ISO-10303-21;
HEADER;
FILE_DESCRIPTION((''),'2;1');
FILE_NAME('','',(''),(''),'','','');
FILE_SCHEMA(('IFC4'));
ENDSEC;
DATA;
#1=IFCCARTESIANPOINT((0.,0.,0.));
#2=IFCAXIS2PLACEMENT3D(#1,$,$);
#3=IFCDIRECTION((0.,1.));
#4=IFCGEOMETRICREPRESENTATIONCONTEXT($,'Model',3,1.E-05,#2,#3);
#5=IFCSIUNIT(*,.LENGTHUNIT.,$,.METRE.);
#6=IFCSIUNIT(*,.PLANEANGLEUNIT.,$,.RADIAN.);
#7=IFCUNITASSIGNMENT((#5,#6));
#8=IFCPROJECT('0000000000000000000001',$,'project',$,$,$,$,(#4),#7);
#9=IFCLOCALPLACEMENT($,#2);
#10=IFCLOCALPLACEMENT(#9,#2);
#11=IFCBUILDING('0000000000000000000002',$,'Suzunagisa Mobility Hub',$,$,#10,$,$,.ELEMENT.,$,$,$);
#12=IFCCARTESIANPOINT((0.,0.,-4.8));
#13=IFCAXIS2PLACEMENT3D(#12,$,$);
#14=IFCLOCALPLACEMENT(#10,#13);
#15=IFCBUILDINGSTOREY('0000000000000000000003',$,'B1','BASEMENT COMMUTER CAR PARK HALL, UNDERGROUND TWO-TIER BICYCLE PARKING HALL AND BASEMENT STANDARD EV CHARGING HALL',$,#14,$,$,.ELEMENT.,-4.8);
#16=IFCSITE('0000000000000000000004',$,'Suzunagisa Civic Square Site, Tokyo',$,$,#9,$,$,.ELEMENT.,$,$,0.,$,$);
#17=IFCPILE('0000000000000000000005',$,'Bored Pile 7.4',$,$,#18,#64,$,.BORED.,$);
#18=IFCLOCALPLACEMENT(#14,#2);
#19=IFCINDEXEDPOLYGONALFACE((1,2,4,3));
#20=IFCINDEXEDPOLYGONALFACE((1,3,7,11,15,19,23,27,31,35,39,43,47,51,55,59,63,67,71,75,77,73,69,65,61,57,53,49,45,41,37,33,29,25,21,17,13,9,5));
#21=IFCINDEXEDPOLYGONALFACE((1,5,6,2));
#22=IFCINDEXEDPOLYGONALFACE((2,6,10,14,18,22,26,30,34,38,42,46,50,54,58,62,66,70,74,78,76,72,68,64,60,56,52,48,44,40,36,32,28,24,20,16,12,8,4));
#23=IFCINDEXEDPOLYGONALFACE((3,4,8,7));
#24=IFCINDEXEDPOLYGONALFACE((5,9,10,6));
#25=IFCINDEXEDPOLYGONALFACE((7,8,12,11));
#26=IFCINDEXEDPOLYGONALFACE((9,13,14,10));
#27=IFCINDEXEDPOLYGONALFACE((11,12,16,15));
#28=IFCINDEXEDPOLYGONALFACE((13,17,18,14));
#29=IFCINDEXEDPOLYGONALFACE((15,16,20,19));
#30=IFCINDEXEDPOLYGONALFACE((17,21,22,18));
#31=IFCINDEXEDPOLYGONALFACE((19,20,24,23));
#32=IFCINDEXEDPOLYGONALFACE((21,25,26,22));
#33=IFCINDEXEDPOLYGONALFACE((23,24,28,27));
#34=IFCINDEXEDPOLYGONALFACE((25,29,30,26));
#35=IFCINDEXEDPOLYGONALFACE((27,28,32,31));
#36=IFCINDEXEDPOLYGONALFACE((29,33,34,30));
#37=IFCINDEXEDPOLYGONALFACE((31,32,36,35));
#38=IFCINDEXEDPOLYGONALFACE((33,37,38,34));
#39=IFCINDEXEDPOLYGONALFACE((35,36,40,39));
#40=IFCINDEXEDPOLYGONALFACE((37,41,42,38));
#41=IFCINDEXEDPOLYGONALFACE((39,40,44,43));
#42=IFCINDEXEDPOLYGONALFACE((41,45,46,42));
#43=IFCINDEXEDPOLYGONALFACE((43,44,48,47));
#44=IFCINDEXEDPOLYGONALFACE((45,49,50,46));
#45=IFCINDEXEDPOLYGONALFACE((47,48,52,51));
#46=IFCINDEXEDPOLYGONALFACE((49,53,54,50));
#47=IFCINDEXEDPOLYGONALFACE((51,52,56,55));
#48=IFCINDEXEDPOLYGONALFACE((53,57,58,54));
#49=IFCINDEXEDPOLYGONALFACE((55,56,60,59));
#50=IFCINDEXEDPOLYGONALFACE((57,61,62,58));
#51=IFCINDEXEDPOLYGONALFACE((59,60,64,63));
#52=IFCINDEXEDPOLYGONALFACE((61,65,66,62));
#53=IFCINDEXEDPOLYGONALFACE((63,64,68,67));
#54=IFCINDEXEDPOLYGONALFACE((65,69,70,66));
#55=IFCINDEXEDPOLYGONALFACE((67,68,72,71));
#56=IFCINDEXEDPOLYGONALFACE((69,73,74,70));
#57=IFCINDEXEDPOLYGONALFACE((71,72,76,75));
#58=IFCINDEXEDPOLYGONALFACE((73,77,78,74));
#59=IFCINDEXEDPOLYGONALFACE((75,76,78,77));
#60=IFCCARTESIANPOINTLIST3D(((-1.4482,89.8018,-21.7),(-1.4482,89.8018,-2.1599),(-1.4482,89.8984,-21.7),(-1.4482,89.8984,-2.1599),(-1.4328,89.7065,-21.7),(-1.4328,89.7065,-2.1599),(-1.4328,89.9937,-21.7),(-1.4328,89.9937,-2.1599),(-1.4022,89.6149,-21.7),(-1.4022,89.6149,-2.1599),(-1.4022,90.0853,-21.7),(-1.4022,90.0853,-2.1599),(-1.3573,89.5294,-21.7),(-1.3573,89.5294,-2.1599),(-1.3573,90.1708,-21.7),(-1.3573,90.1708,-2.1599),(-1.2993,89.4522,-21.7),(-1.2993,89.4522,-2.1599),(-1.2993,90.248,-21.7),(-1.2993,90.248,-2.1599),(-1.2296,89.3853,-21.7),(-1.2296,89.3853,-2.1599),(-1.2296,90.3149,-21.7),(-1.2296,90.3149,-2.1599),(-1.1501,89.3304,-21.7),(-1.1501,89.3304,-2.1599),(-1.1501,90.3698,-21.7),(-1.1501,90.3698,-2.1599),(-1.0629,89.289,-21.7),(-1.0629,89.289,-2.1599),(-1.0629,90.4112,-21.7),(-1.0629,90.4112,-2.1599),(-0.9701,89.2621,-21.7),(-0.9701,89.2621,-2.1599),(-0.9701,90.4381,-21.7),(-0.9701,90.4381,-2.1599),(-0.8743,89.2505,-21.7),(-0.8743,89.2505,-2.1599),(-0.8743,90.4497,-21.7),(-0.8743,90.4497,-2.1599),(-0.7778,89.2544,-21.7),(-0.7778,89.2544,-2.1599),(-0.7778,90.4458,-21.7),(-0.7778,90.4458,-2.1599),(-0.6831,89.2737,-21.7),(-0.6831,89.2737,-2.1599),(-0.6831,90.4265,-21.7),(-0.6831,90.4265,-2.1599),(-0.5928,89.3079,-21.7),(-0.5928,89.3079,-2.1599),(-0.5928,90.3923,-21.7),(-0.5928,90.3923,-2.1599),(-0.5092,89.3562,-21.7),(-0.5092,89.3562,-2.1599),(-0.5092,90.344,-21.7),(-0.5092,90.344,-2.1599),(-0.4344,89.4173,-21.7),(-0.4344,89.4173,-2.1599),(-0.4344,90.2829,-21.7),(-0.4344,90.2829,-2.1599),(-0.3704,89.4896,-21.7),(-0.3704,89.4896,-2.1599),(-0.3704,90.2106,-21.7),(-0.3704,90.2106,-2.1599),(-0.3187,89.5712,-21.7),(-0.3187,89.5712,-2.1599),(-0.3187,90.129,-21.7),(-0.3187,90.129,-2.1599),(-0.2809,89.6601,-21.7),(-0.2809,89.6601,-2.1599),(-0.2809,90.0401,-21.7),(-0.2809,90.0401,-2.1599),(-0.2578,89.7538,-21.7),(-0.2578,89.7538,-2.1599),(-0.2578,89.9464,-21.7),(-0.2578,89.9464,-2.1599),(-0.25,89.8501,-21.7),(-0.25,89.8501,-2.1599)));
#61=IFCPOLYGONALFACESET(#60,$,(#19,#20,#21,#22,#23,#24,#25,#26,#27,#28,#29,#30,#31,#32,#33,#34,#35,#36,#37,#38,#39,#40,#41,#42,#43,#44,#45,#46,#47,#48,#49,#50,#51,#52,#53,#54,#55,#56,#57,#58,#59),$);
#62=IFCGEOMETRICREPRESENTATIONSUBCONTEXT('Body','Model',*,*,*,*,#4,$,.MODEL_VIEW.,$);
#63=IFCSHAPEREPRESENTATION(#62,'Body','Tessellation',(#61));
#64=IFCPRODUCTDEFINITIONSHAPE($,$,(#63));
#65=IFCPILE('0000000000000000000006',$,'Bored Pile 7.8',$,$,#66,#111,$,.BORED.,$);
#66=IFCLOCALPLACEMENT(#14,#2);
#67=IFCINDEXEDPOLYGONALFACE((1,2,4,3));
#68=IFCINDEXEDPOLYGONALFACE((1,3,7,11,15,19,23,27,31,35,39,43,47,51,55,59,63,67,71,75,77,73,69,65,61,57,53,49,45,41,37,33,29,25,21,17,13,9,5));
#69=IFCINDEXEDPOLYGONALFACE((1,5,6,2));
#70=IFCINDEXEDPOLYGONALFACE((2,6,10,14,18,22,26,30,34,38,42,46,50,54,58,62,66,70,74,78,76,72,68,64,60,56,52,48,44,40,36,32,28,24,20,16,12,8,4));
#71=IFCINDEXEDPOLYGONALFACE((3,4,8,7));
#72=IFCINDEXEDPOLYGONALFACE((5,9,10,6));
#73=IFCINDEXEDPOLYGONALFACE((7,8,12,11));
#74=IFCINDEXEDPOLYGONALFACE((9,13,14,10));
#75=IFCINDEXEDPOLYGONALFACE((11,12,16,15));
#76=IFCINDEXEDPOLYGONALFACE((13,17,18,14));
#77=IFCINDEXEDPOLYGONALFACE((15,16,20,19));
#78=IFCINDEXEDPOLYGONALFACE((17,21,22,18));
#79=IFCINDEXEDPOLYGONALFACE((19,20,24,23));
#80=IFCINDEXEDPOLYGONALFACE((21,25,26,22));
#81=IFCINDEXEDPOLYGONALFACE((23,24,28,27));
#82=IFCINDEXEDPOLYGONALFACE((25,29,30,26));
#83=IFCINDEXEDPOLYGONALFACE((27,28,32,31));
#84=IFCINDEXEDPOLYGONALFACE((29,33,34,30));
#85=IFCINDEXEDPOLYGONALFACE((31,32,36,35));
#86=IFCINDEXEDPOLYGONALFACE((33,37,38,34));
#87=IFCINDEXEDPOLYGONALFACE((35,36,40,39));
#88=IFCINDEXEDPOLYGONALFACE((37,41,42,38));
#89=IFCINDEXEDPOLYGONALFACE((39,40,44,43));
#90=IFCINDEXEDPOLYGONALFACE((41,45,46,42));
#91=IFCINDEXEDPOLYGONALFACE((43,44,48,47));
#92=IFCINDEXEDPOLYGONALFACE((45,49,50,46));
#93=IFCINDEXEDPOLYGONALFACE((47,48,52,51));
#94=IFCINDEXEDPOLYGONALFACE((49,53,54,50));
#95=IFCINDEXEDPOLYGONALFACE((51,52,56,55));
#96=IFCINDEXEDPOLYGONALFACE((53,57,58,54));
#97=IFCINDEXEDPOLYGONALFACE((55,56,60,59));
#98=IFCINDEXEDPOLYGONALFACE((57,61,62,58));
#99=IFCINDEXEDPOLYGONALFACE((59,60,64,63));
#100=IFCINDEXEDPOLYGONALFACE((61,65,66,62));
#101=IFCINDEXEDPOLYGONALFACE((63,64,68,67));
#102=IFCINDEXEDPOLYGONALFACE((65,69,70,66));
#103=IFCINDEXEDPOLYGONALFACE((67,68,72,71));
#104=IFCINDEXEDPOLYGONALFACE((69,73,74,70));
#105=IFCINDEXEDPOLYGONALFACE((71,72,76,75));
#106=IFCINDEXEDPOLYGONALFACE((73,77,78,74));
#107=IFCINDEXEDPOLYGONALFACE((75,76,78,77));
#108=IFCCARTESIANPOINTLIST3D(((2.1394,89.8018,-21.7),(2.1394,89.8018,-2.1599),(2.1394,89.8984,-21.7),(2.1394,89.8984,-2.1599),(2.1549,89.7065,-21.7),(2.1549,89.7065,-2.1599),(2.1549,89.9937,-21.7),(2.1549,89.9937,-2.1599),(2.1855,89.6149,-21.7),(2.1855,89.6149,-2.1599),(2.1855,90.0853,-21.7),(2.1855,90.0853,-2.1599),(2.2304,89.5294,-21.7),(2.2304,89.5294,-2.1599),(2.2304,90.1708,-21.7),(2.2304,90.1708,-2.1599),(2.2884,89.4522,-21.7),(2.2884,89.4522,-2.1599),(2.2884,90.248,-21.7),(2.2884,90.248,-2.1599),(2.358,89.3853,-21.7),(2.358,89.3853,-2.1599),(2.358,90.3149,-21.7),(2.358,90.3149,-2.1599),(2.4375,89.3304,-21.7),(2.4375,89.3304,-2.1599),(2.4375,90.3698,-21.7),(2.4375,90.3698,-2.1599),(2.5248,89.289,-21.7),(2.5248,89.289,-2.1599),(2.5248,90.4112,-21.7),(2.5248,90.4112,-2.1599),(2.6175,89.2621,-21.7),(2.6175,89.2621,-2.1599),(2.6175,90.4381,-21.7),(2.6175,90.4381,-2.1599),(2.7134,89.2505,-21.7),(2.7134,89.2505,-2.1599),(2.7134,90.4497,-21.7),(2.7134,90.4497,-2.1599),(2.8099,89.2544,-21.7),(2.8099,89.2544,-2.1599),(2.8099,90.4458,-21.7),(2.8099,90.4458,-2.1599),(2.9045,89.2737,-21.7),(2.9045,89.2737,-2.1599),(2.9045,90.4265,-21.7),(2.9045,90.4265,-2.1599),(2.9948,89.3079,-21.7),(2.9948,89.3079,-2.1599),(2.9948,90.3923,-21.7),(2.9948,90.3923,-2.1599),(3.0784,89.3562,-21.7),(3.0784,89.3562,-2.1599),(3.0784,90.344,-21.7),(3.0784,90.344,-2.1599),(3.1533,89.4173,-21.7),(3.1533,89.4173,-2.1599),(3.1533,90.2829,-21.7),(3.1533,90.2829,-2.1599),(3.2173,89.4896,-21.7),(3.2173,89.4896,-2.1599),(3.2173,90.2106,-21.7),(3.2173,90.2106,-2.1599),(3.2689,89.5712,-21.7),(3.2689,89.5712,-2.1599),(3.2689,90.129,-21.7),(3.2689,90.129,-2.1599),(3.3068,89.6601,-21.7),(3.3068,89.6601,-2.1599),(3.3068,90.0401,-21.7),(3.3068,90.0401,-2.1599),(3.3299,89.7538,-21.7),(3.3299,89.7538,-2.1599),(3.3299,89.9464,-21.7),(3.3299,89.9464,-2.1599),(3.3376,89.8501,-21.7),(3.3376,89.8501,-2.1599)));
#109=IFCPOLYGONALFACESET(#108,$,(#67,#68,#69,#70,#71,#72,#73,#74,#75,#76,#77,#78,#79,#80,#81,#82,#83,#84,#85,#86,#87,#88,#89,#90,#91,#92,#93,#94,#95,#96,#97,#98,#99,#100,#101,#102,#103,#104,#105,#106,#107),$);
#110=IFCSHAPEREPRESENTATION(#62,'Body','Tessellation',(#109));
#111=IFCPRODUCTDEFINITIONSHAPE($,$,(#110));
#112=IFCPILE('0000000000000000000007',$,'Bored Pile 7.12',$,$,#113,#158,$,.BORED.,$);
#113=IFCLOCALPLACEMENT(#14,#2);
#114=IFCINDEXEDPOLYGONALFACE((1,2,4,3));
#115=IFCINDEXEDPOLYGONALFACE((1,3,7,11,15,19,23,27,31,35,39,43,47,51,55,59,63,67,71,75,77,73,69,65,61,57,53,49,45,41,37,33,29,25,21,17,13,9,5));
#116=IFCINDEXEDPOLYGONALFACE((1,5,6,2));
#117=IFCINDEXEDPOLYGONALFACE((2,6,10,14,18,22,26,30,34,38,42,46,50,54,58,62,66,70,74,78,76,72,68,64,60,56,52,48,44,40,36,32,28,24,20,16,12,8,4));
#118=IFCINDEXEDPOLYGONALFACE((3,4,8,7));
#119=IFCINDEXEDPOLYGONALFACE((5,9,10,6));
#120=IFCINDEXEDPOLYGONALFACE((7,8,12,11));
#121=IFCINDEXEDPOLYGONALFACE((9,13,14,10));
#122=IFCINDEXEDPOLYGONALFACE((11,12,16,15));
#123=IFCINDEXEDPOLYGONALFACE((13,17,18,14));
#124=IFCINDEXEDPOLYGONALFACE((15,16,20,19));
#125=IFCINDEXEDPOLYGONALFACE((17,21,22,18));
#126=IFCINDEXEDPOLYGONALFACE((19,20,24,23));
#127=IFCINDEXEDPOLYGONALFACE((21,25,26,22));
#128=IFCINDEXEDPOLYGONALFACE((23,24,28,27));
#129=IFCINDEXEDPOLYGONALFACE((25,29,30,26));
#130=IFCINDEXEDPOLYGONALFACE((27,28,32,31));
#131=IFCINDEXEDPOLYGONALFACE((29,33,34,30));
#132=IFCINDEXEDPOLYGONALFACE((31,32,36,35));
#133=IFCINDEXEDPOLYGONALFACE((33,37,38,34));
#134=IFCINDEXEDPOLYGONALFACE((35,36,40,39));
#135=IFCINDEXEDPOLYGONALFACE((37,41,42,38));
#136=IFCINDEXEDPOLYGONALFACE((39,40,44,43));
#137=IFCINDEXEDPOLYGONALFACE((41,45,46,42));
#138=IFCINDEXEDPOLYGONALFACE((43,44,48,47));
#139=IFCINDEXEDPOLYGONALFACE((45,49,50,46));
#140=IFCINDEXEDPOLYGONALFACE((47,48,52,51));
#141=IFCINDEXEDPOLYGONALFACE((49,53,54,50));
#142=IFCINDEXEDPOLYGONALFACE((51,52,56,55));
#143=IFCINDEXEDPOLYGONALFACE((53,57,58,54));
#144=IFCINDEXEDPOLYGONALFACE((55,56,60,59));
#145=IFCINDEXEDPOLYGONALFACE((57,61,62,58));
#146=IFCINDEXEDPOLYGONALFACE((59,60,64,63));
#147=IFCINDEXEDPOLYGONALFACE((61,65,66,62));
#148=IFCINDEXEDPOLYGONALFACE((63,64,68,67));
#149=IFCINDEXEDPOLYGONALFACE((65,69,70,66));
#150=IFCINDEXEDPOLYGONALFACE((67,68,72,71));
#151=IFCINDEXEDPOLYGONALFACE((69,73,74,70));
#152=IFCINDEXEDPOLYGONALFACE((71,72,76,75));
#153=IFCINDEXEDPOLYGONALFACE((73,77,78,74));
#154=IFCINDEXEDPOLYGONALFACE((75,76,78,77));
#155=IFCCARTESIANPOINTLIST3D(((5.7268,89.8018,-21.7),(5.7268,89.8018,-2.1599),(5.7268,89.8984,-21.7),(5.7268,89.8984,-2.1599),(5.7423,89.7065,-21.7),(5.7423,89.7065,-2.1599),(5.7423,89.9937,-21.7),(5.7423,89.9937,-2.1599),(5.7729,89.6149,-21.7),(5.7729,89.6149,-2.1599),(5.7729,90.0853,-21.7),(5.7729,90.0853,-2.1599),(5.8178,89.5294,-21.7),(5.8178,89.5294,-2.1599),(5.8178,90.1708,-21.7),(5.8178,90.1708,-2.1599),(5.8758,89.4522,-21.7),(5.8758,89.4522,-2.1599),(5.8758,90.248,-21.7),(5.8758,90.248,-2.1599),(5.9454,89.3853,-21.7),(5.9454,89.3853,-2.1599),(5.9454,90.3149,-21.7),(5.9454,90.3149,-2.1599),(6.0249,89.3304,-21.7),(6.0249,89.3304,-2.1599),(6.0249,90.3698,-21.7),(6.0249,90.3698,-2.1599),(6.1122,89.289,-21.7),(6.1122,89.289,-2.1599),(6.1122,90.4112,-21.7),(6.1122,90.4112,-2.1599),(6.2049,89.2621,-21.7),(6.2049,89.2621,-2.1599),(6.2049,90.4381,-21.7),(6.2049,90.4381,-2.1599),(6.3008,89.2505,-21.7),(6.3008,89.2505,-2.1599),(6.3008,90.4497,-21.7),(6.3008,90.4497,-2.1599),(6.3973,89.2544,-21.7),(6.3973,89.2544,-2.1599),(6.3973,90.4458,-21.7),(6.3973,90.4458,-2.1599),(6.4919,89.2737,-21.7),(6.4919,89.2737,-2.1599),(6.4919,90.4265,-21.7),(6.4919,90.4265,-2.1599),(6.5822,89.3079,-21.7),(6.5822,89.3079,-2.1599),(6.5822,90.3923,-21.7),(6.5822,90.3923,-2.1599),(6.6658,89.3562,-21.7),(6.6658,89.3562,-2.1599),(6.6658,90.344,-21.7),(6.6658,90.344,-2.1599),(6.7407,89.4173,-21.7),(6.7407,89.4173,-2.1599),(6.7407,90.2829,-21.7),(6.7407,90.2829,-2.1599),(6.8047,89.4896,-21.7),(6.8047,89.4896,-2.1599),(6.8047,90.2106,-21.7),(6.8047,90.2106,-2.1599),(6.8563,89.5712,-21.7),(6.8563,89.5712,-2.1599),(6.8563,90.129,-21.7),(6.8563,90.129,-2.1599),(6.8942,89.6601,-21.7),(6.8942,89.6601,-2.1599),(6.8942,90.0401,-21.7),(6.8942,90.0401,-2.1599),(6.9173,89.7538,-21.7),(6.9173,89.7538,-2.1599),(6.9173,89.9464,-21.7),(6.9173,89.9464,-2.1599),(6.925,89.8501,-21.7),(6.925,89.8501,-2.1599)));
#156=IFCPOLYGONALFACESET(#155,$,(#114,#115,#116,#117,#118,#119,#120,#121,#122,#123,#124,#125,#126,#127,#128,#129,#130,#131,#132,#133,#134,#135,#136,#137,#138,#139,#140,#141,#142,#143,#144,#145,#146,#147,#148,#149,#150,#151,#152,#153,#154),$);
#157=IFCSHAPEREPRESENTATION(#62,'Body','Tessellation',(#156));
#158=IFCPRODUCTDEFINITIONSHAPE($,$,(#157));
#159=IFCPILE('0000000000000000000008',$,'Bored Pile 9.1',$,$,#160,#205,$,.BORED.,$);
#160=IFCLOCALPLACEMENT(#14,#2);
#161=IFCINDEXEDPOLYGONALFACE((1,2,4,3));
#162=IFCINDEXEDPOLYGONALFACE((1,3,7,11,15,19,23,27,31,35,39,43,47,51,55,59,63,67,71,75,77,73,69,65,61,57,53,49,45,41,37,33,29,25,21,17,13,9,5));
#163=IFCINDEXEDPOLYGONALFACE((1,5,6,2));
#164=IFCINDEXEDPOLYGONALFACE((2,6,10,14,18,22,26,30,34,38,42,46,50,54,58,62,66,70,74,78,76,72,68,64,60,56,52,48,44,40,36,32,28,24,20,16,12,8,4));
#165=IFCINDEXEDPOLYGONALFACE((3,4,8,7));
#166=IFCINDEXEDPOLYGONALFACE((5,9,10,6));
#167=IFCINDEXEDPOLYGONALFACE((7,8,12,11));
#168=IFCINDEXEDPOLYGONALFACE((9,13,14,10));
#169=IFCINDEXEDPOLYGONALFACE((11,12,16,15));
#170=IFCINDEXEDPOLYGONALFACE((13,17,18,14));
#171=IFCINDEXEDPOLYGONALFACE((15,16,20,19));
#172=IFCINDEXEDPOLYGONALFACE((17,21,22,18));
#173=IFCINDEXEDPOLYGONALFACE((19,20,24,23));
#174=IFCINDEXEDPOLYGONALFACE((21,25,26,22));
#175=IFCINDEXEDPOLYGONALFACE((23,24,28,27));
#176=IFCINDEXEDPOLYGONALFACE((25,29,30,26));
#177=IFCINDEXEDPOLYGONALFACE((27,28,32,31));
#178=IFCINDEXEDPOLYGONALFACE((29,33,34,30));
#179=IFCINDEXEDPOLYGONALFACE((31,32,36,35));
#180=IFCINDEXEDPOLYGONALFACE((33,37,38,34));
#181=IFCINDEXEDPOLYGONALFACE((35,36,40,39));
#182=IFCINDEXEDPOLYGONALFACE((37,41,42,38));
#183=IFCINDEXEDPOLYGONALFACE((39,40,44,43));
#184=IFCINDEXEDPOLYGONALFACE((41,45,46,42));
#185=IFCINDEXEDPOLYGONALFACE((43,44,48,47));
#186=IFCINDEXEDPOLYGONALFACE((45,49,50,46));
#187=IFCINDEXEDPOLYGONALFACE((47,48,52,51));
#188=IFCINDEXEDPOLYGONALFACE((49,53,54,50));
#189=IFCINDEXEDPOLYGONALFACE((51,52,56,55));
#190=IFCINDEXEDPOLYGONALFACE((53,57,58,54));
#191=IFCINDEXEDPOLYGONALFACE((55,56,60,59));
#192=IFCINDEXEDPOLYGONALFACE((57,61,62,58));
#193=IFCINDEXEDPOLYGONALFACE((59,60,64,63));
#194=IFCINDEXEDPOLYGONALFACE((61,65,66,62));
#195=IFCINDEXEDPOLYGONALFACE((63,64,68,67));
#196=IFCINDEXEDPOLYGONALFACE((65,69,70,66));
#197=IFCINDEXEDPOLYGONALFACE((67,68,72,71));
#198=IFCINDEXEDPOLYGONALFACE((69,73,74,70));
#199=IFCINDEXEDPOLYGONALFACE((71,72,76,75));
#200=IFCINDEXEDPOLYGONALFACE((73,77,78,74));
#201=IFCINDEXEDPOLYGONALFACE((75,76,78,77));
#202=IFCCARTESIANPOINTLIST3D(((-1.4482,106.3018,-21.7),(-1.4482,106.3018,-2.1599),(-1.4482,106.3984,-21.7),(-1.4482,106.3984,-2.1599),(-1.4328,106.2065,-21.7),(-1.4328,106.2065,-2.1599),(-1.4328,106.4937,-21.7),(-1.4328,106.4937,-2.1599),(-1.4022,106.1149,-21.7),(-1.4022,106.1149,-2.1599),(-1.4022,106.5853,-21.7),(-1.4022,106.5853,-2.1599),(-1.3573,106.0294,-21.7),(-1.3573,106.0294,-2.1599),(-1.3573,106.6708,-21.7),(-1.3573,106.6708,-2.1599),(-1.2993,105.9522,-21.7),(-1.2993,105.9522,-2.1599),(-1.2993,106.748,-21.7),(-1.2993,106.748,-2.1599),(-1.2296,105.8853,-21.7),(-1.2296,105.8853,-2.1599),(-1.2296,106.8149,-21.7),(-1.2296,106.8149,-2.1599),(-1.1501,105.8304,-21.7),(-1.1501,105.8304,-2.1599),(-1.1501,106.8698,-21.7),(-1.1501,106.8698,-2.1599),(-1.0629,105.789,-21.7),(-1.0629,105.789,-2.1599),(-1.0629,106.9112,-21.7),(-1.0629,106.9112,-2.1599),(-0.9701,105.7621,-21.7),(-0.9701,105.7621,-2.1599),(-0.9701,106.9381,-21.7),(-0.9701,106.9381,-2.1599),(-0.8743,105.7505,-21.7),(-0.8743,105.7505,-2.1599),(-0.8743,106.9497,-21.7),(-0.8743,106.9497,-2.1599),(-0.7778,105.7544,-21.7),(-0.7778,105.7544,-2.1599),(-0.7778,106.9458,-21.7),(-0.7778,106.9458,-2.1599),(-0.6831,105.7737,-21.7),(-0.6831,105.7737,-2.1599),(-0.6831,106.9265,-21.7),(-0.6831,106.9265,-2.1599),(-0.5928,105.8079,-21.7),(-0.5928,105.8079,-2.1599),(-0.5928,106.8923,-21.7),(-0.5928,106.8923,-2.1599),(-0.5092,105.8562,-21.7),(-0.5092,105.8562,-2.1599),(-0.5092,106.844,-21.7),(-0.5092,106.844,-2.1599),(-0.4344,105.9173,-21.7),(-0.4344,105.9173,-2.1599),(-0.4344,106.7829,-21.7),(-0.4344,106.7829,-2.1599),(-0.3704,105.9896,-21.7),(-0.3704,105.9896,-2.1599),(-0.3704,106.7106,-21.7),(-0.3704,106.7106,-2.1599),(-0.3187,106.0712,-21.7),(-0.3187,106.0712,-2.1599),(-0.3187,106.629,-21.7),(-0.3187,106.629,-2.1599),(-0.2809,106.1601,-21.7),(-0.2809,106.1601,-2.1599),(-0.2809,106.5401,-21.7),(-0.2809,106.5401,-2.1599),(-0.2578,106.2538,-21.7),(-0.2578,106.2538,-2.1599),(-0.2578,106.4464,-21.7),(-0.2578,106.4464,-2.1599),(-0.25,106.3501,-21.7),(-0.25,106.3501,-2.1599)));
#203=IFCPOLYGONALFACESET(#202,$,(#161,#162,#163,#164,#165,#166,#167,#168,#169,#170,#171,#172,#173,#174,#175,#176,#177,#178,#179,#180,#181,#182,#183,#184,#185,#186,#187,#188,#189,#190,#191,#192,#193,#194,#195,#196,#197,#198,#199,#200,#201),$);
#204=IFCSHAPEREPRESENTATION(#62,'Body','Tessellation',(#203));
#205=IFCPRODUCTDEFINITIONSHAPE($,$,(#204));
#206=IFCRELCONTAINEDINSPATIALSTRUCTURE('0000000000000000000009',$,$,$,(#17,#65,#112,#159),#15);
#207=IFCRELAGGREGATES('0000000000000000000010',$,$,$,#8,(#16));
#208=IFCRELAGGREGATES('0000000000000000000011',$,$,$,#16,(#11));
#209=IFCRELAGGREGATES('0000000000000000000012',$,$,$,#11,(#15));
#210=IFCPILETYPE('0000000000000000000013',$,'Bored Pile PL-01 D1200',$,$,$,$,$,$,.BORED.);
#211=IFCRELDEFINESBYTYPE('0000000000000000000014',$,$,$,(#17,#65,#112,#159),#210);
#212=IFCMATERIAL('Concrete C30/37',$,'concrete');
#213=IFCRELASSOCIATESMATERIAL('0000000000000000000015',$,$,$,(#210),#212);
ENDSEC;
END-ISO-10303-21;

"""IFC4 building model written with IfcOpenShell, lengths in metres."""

from ifc_helpers import new_model, si_unit, direction, frame, origin, origin_2d, place, context, subcontext, project, spatial, circle, extrude, material, material_profile, profile_set, type_object, element, save


model = new_model("IFC4")

# Units and contexts
model_context = context("Model", 3, precision=1e-05, world=origin(), true_north=direction((0.0, 1.0)))
body_context = subcontext(model_context, "Body", "Model", "MODEL_VIEW")
ifc_project = project(units=[si_unit("LENGTHUNIT", "METRE"), si_unit("PLANEANGLEUNIT", "RADIAN")], contexts=[model_context])

# Site, building, storey
site_placement = place(None, origin())
site = spatial("IfcSite", under=ifc_project, at=site_placement, Name="Suzunagisa Civic Square Site, Tokyo", CompositionType="ELEMENT", RefElevation=0.0)
building_placement = place(site_placement, origin())
building = spatial("IfcBuilding", under=site, at=building_placement, Name="Suzunagisa Mobility Hub", CompositionType="ELEMENT")
storey_placement = place(building_placement, frame((0.0, 0.0, -4.8)))
storey = spatial("IfcBuildingStorey", under=building, at=storey_placement, Name="B1", Description="BASEMENT COMMUTER CAR PARK HALL, UNDERGROUND TWO-TIER BICYCLE PARKING HALL AND BASEMENT STANDARD EV CHARGING HALL", CompositionType="ELEMENT", Elevation=-4.8)

# Piles
ifc_material_1 = material(Name="Concrete C30/37", Category="concrete")
ifc_material_profile_1 = material_profile(ifc_material_1, circle(Radius=0.6001, at=origin_2d()), Name="BORED PILE D1200")
ifc_profile_set_1 = profile_set([ifc_material_profile_1], Name="Concrete C30/37")
pile_type_1 = type_object("IfcPileType", Name="Bored Pile PL-01 D1200", PredefinedType="BORED", material=ifc_profile_set_1)
for number, where, z_axis, x_axis, name in (
    (1, (-0.8501, 89.8501, -2.1599), (0.0, 0.0, -1.0), (1.0, 0.0, 0.0), "Bored Pile 7.4"),
    (2, (2.7375, 89.8501, -2.1599), (0.0, 0.0, -1.0), (1.0, 0.0, 0.0), "Bored Pile 7.8"),
    (3, (6.325, 89.8501, -2.1599), (0.0, 0.0, -1.0), (1.0, 0.0, 0.0), "Bored Pile 7.12"),
    (4, (-0.8501, 106.3501, -2.1599), (0.0, 0.0, -1.0), (1.0, 0.0, 0.0), "Bored Pile 9.1"),
):
    element("IfcPile", number, at=place(storey_placement, frame(where, z_axis=z_axis, x_axis=x_axis)), inside=storey, type_object=pile_type_1, Name=name, PredefinedType="BORED", context=body_context, shape_type="SweptSolid", body=[
        extrude(circle(Radius=0.6001, at=origin_2d()), origin(), (0.0, 0.0, 1.0), 19.54),
    ])

save(model, "model.ifc")
